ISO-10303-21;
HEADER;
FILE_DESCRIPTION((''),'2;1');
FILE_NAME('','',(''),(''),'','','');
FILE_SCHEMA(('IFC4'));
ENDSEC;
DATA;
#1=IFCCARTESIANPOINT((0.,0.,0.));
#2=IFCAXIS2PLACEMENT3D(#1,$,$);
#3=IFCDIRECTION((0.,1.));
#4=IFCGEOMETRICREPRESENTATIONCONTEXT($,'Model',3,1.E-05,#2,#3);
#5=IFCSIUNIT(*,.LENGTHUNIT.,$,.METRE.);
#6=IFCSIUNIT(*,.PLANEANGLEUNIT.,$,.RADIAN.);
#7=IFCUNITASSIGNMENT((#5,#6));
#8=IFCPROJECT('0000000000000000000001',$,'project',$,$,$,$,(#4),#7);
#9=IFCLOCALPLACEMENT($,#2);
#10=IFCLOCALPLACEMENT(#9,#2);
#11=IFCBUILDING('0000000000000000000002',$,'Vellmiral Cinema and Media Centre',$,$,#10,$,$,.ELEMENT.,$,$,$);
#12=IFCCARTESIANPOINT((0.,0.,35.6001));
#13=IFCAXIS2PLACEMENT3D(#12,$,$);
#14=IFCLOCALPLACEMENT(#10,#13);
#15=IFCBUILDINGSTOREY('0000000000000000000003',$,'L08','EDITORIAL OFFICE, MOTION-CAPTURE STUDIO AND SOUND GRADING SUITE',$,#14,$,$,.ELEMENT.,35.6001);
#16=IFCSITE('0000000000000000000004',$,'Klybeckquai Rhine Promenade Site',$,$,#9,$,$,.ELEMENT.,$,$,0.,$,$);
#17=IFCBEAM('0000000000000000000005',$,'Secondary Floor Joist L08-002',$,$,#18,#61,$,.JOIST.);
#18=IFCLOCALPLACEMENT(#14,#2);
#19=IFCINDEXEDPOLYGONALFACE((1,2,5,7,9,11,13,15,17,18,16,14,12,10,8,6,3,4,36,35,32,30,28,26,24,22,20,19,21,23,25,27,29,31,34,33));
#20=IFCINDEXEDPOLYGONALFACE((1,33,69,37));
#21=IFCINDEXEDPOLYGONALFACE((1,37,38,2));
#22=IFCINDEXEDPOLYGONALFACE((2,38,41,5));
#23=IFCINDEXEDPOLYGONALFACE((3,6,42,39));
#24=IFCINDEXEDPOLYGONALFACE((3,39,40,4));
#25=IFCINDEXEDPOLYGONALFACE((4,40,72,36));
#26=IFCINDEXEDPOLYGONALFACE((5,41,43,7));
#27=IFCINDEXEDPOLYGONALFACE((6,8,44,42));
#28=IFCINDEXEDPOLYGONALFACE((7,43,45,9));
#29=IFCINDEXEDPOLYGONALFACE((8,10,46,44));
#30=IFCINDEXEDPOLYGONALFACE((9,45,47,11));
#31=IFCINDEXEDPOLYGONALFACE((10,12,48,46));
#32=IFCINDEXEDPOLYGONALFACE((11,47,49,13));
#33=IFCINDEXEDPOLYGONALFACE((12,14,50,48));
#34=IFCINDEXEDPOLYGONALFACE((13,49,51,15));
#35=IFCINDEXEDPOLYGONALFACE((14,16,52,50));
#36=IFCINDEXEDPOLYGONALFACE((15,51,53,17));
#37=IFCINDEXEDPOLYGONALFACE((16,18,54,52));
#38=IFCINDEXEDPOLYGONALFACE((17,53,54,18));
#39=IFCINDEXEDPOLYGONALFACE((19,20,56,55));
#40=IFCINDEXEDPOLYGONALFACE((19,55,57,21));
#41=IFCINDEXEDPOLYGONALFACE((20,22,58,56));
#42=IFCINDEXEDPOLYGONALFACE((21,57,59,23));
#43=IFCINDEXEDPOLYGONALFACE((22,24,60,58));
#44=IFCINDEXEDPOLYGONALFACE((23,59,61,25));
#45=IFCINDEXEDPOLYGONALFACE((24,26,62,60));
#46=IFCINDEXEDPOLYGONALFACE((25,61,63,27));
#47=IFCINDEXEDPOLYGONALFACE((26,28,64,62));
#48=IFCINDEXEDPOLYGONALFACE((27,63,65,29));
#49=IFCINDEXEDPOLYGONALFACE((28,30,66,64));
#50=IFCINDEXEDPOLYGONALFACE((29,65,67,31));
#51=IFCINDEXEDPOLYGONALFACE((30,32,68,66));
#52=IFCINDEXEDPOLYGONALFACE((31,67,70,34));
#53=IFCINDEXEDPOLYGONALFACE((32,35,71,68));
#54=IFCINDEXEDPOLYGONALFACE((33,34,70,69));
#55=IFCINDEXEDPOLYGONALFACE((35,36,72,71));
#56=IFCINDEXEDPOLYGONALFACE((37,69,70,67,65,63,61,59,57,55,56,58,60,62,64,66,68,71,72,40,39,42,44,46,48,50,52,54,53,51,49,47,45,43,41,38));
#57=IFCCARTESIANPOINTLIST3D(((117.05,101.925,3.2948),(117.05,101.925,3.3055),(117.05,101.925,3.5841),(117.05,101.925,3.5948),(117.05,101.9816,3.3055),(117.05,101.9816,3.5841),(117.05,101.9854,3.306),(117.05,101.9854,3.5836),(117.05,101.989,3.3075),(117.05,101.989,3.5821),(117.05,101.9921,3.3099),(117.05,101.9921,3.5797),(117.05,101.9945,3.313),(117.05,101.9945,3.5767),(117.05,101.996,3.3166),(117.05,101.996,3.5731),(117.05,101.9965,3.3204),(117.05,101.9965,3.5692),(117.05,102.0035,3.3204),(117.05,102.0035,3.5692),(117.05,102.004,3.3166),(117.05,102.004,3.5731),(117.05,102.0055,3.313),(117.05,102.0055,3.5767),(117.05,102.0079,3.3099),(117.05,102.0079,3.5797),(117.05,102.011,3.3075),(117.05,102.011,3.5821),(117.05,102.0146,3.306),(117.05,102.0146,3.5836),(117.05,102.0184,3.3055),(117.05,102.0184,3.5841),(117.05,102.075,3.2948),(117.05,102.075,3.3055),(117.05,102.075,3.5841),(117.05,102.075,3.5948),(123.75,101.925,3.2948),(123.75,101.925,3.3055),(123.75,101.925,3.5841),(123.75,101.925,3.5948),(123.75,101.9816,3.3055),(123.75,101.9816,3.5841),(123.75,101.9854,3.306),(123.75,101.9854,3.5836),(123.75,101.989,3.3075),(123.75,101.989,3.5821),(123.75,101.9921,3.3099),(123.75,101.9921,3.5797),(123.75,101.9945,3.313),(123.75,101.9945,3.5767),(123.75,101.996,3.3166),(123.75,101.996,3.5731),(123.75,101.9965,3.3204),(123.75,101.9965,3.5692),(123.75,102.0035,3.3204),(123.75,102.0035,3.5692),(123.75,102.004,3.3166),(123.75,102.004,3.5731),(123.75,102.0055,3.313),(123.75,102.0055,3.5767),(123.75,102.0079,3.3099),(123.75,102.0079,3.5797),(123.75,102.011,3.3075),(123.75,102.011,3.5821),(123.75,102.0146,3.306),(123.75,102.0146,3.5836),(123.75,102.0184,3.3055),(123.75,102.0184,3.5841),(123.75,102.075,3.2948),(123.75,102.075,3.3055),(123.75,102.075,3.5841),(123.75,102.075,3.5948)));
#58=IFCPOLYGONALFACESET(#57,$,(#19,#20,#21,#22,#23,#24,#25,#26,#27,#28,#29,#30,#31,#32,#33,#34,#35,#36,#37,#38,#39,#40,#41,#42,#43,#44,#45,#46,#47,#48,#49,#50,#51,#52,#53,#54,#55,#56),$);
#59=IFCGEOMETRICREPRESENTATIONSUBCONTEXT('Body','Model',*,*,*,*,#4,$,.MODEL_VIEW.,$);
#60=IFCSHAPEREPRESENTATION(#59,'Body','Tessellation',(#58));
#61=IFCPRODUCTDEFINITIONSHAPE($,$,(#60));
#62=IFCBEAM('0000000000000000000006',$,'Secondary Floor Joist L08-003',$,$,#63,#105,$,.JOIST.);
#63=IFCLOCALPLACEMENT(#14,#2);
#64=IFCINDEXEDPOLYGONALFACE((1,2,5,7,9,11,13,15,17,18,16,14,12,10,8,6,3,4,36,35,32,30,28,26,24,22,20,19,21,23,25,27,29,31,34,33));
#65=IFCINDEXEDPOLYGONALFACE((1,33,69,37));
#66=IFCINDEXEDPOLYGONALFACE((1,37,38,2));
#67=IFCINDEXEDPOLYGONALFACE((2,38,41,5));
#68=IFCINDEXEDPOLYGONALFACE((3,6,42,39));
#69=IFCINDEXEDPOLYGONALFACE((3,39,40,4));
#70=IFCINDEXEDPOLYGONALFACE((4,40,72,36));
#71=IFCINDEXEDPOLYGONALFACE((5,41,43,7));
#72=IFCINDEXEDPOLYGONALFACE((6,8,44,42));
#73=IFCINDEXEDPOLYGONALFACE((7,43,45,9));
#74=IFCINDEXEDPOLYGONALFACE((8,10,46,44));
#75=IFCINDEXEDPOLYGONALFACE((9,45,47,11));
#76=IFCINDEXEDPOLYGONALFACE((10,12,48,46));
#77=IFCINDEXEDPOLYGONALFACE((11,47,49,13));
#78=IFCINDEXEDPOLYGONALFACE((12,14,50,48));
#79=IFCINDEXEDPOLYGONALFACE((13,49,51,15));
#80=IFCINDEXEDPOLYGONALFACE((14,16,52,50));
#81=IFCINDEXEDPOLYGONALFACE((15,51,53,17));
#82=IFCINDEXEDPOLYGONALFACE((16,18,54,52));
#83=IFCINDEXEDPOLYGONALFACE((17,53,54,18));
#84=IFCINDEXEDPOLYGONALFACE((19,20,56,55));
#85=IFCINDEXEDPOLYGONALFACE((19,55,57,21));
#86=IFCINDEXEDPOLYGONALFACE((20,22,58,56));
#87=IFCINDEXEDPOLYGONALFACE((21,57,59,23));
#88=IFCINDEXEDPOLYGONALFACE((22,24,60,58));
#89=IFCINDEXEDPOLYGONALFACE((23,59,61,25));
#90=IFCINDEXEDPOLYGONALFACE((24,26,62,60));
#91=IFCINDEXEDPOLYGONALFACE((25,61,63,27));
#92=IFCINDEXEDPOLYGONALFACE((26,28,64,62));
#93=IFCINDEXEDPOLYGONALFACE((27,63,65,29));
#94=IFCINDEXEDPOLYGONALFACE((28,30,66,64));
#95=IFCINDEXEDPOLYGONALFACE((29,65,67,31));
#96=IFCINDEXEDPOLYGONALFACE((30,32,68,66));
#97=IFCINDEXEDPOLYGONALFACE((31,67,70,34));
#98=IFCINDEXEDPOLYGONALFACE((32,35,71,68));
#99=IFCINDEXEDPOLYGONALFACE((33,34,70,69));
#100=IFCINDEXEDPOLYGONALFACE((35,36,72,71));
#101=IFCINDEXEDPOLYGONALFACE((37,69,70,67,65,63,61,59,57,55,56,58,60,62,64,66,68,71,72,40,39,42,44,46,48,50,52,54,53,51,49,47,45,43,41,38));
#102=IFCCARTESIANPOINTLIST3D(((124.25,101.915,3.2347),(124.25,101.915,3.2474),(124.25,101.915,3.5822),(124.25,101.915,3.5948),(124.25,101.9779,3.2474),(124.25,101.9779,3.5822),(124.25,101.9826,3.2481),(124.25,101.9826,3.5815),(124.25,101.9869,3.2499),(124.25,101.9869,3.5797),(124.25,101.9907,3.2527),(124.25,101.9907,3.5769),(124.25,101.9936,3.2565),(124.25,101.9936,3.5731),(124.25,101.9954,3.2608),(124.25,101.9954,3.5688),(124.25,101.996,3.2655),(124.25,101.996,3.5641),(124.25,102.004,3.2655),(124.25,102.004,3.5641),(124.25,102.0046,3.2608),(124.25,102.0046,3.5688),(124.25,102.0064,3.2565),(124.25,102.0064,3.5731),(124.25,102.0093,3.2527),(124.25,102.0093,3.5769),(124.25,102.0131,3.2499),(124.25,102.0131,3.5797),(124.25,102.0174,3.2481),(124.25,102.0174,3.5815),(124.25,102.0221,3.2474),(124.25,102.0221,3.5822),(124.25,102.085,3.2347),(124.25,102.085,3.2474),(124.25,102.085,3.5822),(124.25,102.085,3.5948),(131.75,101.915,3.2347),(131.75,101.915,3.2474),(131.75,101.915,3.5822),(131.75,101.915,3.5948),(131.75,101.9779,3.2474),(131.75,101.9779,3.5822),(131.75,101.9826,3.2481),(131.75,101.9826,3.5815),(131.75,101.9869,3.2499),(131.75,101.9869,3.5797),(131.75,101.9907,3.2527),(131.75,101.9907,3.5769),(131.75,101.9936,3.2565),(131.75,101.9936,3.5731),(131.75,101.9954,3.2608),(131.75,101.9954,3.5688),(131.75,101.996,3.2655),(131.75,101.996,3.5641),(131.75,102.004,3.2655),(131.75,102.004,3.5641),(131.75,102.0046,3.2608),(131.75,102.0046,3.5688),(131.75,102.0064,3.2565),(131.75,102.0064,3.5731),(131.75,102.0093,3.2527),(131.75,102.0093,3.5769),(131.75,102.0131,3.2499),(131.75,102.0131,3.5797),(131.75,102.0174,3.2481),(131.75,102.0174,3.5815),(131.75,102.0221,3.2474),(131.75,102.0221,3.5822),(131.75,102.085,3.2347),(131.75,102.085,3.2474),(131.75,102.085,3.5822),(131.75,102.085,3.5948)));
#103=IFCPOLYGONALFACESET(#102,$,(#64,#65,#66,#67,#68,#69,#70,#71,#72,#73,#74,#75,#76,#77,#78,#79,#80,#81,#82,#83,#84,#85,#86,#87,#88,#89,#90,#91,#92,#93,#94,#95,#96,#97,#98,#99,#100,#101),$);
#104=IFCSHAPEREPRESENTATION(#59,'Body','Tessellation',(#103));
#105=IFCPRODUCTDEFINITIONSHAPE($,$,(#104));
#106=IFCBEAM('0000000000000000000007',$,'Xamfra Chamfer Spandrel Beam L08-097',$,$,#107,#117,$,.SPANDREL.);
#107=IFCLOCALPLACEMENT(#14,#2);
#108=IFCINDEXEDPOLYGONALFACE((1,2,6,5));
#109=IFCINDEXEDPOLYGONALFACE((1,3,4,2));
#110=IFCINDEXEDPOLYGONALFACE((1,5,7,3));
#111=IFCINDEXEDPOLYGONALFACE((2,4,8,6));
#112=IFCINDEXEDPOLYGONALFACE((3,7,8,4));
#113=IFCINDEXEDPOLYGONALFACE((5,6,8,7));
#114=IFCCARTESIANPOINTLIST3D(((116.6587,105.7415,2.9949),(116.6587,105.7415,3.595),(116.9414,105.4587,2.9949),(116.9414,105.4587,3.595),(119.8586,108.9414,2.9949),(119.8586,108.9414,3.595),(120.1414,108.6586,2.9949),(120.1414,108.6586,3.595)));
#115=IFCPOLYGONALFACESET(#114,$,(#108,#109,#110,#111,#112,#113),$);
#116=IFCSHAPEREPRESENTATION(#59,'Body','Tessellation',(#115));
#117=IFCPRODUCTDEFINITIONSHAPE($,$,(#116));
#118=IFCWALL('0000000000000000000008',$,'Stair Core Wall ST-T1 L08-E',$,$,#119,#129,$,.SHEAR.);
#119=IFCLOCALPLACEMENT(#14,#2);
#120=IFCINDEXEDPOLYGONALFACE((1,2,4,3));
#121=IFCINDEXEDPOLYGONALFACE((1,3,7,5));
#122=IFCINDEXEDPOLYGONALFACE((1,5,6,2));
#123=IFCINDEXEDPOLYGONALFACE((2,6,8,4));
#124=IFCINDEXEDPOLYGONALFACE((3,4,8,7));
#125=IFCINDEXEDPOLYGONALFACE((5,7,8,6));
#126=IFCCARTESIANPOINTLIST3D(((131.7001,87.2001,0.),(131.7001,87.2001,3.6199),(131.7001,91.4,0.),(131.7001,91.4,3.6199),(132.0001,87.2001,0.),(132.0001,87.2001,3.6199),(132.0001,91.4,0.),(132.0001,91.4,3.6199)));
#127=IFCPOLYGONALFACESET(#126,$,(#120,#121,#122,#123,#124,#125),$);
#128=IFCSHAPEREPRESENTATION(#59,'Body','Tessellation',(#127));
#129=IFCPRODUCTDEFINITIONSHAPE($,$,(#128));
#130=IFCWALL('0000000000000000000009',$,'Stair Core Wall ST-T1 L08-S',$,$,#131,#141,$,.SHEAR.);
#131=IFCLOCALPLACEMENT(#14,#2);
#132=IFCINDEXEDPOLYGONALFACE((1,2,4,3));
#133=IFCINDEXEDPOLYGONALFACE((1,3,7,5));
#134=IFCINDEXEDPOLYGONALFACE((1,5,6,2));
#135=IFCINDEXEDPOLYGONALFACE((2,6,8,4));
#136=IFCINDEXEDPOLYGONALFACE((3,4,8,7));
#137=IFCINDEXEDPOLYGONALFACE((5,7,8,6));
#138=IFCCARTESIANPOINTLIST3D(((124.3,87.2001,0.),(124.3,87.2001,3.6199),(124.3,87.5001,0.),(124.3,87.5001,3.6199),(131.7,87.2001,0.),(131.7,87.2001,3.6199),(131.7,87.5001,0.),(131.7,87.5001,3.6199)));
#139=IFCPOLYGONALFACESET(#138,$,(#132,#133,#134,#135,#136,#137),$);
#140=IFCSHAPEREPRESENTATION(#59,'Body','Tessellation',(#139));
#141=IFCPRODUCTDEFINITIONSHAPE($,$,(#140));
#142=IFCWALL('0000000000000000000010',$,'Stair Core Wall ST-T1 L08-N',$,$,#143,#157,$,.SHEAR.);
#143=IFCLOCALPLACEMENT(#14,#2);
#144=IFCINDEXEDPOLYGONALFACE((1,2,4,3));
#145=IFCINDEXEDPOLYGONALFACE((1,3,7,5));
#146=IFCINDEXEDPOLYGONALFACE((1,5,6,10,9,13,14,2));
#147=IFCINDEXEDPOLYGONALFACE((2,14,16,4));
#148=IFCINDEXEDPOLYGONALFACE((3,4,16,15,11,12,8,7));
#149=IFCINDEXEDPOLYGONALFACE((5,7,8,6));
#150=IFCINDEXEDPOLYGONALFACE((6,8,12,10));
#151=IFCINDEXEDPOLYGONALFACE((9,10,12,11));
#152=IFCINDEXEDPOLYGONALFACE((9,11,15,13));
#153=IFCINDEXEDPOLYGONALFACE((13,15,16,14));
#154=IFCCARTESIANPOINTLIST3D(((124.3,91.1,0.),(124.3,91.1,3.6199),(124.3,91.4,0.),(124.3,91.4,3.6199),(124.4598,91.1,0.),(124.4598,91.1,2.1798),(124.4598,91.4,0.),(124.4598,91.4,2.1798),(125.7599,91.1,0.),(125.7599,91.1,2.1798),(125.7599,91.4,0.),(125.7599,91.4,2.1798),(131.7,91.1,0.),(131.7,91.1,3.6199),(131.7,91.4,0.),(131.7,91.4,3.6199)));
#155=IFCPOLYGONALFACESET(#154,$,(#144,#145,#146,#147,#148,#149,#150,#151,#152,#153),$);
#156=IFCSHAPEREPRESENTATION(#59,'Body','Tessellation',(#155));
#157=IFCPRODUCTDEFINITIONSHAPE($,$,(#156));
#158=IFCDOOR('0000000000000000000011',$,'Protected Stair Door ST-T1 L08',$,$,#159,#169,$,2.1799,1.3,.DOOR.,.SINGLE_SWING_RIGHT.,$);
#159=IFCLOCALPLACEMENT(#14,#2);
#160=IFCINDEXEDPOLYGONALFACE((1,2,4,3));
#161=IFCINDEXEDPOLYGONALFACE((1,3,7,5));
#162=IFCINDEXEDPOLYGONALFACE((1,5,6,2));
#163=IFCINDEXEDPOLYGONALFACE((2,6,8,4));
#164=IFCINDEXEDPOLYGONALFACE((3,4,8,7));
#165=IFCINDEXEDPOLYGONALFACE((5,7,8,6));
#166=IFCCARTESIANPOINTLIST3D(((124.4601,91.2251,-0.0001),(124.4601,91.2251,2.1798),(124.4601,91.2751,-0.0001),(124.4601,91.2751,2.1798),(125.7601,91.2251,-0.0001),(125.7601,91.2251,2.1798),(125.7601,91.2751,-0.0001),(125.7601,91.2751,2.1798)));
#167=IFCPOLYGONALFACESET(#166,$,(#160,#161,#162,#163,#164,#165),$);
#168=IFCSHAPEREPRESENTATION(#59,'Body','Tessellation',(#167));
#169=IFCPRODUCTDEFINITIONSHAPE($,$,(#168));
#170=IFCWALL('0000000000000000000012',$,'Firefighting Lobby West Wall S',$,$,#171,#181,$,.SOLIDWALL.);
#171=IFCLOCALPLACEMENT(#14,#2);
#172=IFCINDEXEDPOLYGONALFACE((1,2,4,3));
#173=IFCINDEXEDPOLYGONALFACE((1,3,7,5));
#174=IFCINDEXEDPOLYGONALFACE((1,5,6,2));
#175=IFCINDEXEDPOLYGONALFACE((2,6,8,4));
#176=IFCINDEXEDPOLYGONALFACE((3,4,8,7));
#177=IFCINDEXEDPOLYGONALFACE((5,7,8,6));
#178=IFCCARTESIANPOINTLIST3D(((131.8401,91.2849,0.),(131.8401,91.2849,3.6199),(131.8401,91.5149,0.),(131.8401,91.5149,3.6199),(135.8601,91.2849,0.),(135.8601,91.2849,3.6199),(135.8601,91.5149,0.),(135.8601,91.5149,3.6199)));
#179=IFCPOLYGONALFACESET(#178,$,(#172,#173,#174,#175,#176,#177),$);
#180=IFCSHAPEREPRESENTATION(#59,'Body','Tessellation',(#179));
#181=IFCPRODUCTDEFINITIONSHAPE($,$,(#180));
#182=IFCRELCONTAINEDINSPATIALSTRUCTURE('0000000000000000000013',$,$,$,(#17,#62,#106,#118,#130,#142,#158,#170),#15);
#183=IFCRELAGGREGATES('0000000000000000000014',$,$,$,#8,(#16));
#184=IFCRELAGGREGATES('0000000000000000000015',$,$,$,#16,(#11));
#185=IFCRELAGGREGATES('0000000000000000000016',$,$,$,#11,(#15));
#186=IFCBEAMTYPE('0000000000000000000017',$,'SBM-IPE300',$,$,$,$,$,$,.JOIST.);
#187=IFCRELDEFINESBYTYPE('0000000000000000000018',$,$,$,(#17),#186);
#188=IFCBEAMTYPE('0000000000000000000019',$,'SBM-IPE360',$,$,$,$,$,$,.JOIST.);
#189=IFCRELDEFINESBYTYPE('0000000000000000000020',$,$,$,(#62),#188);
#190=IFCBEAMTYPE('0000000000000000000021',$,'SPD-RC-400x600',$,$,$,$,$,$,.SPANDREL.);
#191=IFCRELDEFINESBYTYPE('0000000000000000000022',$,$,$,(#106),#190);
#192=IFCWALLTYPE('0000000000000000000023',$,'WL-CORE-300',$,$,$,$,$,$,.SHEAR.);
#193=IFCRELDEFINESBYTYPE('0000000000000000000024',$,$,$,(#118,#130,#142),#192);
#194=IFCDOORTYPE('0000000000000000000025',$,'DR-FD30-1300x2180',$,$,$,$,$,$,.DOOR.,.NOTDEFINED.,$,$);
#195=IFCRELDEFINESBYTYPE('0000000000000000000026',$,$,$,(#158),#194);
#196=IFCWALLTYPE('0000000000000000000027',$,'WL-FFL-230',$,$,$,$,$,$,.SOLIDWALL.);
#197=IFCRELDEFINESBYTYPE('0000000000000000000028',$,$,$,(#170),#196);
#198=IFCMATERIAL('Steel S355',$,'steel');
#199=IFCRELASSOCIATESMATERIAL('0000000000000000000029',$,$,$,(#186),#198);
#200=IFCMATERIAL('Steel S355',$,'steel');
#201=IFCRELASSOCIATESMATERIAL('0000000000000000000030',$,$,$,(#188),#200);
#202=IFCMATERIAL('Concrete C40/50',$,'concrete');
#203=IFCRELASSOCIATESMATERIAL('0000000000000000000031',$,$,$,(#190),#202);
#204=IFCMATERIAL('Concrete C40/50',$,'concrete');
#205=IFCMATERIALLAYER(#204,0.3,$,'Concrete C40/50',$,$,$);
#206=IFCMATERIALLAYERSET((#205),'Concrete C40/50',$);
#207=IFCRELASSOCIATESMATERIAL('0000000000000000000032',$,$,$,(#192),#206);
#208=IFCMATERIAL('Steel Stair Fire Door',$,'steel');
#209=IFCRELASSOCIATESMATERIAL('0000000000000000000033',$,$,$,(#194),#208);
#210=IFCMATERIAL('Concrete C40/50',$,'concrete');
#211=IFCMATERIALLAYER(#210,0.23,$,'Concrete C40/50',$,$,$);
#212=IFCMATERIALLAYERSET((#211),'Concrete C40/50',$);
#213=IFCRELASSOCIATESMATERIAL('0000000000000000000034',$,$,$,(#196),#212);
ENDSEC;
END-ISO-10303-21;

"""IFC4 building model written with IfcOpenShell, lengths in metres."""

from ifc_helpers import new_model, si_unit, direction, frame, frame_2d, origin, origin_2d, place, context, subcontext, project, spatial, rectangle, i_section, extrude, material, layer, layer_set, material_profile, profile_set, type_object, element, fill, save


model = new_model("IFC4")

# Units and contexts
model_context = context("Model", 3, precision=1e-05, world=origin(), true_north=direction((0.0, 1.0)))
body_context = subcontext(model_context, "Body", "Model", "MODEL_VIEW")
ifc_project = project(units=[si_unit("LENGTHUNIT", "METRE"), si_unit("PLANEANGLEUNIT", "RADIAN")], contexts=[model_context])

# Site, building, storey
site_placement = place(None, origin())
site = spatial("IfcSite", under=ifc_project, at=site_placement, Name="Klybeckquai Rhine Promenade Site", CompositionType="ELEMENT", RefElevation=0.0)
building_placement = place(site_placement, origin())
building = spatial("IfcBuilding", under=site, at=building_placement, Name="Vellmiral Cinema and Media Centre", CompositionType="ELEMENT")
storey_placement = place(building_placement, frame((0.0, 0.0, 35.6001)))
storey = spatial("IfcBuildingStorey", under=building, at=storey_placement, Name="L08", Description="EDITORIAL OFFICE, MOTION-CAPTURE STUDIO AND SOUND GRADING SUITE", CompositionType="ELEMENT", Elevation=35.6001)

# Beams
ifc_material_1 = material(Name="Steel S355", Category="steel")
ifc_material_profile_1 = material_profile(ifc_material_1, i_section(OverallWidth=0.1499, OverallDepth=0.3, WebThickness=0.0071, FlangeThickness=0.0107, FilletRadius=0.0149, at=origin_2d()), Name="IPE 300")
ifc_profile_set_1 = profile_set([ifc_material_profile_1], Name="Steel S355")
beam_type_1 = type_object("IfcBeamType", Name="SBM-IPE300", PredefinedType="JOIST", material=ifc_profile_set_1)
beam_1_placement = place(storey_placement, frame((117.05, 102.0, 3.4448), z_axis=(1.0, 0.0, 0.0), x_axis=(0.0, 1.0, 0.0)))
element("IfcBeam", 1, at=beam_1_placement, inside=storey, type_object=beam_type_1, Name="Secondary Floor Joist L08-002", PredefinedType="JOIST", context=body_context, shape_type="SweptSolid", body=[
    extrude(i_section(OverallWidth=0.1499, OverallDepth=0.3, WebThickness=0.0071, FlangeThickness=0.0107, FilletRadius=0.0149, at=origin_2d()), origin(), (0.0, 0.0, 1.0), 6.7),
])
ifc_material_2 = material(Name="Steel S355", Category="steel")
ifc_material_profile_2 = material_profile(ifc_material_2, i_section(OverallWidth=0.1699, OverallDepth=0.3601, WebThickness=0.0081, FlangeThickness=0.0127, FilletRadius=0.0181, at=origin_2d()), Name="IPE 360")
ifc_profile_set_2 = profile_set([ifc_material_profile_2], Name="Steel S355")
beam_type_2 = type_object("IfcBeamType", Name="SBM-IPE360", PredefinedType="JOIST", material=ifc_profile_set_2)
beam_2_placement = place(storey_placement, frame((124.25, 102.0, 3.4148), z_axis=(1.0, 0.0, 0.0), x_axis=(0.0, 1.0, 0.0)))
element("IfcBeam", 2, at=beam_2_placement, inside=storey, type_object=beam_type_2, Name="Secondary Floor Joist L08-003", PredefinedType="JOIST", context=body_context, shape_type="SweptSolid", body=[
    extrude(i_section(OverallWidth=0.1699, OverallDepth=0.3601, WebThickness=0.0081, FlangeThickness=0.0127, FilletRadius=0.0181, at=origin_2d()), origin(), (0.0, 0.0, 1.0), 7.5),
])
ifc_material_3 = material(Name="Concrete C40/50", Category="concrete")
ifc_material_profile_3 = material_profile(ifc_material_3, rectangle(XDim=0.3999, YDim=0.6001, at=origin_2d()), Name="RC 400x600")
ifc_profile_set_3 = profile_set([ifc_material_profile_3], Name="Concrete C40/50")
beam_type_3 = type_object("IfcBeamType", Name="SPD-RC-400x600", PredefinedType="SPANDREL", material=ifc_profile_set_3)
beam_3_placement = place(storey_placement, frame((116.8, 105.6001, 3.2949), z_axis=(0.707107, 0.707107, 0.0), x_axis=(-0.707107, 0.707107, 0.0)))
element("IfcBeam", 3, at=beam_3_placement, inside=storey, type_object=beam_type_3, Name="Xamfra Chamfer Spandrel Beam L08-097", PredefinedType="SPANDREL", context=body_context, shape_type="SweptSolid", body=[
    extrude(rectangle(XDim=0.3999, YDim=0.6001, at=origin_2d()), origin(), (0.0, 0.0, 1.0), 4.5254),
])

# Walls
ifc_material_4 = material(Name="Concrete C40/50", Category="concrete")
ifc_layer_1 = layer(ifc_material_4, 0.3, Name="Concrete C40/50")
ifc_layer_set_1 = layer_set([ifc_layer_1], Name="Concrete C40/50")
wall_type_1 = type_object("IfcWallType", Name="WL-CORE-300", PredefinedType="SHEAR", material=ifc_layer_set_1)
wall_1_placement = place(storey_placement, frame((131.8501, 87.2, 0.0), z_axis=(0.0, 0.0, 1.0), x_axis=(0.0, 1.0, 0.0)))
element("IfcWall", 4, at=wall_1_placement, inside=storey, type_object=wall_type_1, Name="Stair Core Wall ST-T1 L08-E", PredefinedType="SHEAR", context=body_context, shape_type="SweptSolid", body=[
    extrude(rectangle(XDim=4.2, YDim=0.3, at=frame_2d((2.1001, 0.0))), origin(), (0.0, 0.0, 1.0), 3.6199),
])
wall_2_placement = place(storey_placement, frame((124.3, 87.3501, 0.0), z_axis=(0.0, 0.0, 1.0), x_axis=(1.0, 0.0, 0.0)))
element("IfcWall", 5, at=wall_2_placement, inside=storey, type_object=wall_type_1, Name="Stair Core Wall ST-T1 L08-S", PredefinedType="SHEAR", context=body_context, shape_type="SweptSolid", body=[
    extrude(rectangle(XDim=7.3999, YDim=0.3, at=frame_2d((3.7, 0.0))), origin(), (0.0, 0.0, 1.0), 3.6199),
])

# Wall, opening, door
wall_3_placement = place(storey_placement, frame((124.3, 91.25, 0.0), z_axis=(0.0, 0.0, 1.0), x_axis=(1.0, 0.0, 0.0)))
wall_3 = element("IfcWall", 6, at=wall_3_placement, inside=storey, type_object=wall_type_1, Name="Stair Core Wall ST-T1 L08-N", PredefinedType="SHEAR", context=body_context, shape_type="SweptSolid", body=[
    extrude(rectangle(XDim=7.3999, YDim=0.3, at=frame_2d((3.7, 0.0))), origin(), (0.0, 0.0, 1.0), 3.6199),
])
opening_1_placement = place(wall_3_placement, frame((0.1599, 0.0, 0.0)))
opening_1 = element("IfcOpeningElement", 7, at=opening_1_placement, cuts=wall_3, PredefinedType="OPENING", context=body_context, shape_type="SweptSolid", body=[
    extrude(rectangle(XDim=1.3, YDim=2.1799, at=frame_2d((0.6499, 1.0898))), frame((0.0, 0.1621, 0.0), z_axis=(0.0, -1.0, 0.0), x_axis=(1.0, 0.0, 0.0)), (0.0, 0.0, 1.0), 0.324),
])
ifc_material_5 = material(Name="Steel Stair Fire Door", Category="steel")
door_type_1 = type_object("IfcDoorType", Name="DR-FD30-1300x2180", OperationType="NOTDEFINED", PredefinedType="DOOR", material=ifc_material_5)
door_1_placement = place(opening_1_placement, frame((1.3, 0.0, 0.0), z_axis=(0.0, 0.0, 1.0), x_axis=(-1.0, 0.0, 0.0)))
door_1 = element("IfcDoor", 8, at=door_1_placement, inside=storey, type_object=door_type_1, Name="Protected Stair Door ST-T1 L08", OperationType="SINGLE_SWING_RIGHT", OverallHeight=2.1799, OverallWidth=1.3, PredefinedType="DOOR", context=body_context, shape_type="SweptSolid", body=[
    extrude(rectangle(XDim=1.3, YDim=2.1799, at=frame_2d((0.6499, 1.0898))), frame((0.0, 0.0249, 0.0), z_axis=(0.0, -1.0, 0.0), x_axis=(1.0, 0.0, 0.0)), (0.0, 0.0, 1.0), 0.05),
])
fill(opening_1, door_1)

# Wall
ifc_material_6 = material(Name="Concrete C40/50", Category="concrete")
ifc_layer_2 = layer(ifc_material_6, 0.23, Name="Concrete C40/50")
ifc_layer_set_2 = layer_set([ifc_layer_2], Name="Concrete C40/50")
wall_type_2 = type_object("IfcWallType", Name="WL-FFL-230", PredefinedType="SOLIDWALL", material=ifc_layer_set_2)
wall_4_placement = place(storey_placement, frame((131.8401, 91.3999, 0.0), z_axis=(0.0, 0.0, 1.0), x_axis=(1.0, 0.0, 0.0)))
element("IfcWall", 9, at=wall_4_placement, inside=storey, type_object=wall_type_2, Name="Firefighting Lobby West Wall S", PredefinedType="SOLIDWALL", context=body_context, shape_type="SweptSolid", body=[
    extrude(rectangle(XDim=4.02, YDim=0.23, at=frame_2d((2.01, 0.0))), origin(), (0.0, 0.0, 1.0), 3.6199),
])

save(model, "model.ifc")
